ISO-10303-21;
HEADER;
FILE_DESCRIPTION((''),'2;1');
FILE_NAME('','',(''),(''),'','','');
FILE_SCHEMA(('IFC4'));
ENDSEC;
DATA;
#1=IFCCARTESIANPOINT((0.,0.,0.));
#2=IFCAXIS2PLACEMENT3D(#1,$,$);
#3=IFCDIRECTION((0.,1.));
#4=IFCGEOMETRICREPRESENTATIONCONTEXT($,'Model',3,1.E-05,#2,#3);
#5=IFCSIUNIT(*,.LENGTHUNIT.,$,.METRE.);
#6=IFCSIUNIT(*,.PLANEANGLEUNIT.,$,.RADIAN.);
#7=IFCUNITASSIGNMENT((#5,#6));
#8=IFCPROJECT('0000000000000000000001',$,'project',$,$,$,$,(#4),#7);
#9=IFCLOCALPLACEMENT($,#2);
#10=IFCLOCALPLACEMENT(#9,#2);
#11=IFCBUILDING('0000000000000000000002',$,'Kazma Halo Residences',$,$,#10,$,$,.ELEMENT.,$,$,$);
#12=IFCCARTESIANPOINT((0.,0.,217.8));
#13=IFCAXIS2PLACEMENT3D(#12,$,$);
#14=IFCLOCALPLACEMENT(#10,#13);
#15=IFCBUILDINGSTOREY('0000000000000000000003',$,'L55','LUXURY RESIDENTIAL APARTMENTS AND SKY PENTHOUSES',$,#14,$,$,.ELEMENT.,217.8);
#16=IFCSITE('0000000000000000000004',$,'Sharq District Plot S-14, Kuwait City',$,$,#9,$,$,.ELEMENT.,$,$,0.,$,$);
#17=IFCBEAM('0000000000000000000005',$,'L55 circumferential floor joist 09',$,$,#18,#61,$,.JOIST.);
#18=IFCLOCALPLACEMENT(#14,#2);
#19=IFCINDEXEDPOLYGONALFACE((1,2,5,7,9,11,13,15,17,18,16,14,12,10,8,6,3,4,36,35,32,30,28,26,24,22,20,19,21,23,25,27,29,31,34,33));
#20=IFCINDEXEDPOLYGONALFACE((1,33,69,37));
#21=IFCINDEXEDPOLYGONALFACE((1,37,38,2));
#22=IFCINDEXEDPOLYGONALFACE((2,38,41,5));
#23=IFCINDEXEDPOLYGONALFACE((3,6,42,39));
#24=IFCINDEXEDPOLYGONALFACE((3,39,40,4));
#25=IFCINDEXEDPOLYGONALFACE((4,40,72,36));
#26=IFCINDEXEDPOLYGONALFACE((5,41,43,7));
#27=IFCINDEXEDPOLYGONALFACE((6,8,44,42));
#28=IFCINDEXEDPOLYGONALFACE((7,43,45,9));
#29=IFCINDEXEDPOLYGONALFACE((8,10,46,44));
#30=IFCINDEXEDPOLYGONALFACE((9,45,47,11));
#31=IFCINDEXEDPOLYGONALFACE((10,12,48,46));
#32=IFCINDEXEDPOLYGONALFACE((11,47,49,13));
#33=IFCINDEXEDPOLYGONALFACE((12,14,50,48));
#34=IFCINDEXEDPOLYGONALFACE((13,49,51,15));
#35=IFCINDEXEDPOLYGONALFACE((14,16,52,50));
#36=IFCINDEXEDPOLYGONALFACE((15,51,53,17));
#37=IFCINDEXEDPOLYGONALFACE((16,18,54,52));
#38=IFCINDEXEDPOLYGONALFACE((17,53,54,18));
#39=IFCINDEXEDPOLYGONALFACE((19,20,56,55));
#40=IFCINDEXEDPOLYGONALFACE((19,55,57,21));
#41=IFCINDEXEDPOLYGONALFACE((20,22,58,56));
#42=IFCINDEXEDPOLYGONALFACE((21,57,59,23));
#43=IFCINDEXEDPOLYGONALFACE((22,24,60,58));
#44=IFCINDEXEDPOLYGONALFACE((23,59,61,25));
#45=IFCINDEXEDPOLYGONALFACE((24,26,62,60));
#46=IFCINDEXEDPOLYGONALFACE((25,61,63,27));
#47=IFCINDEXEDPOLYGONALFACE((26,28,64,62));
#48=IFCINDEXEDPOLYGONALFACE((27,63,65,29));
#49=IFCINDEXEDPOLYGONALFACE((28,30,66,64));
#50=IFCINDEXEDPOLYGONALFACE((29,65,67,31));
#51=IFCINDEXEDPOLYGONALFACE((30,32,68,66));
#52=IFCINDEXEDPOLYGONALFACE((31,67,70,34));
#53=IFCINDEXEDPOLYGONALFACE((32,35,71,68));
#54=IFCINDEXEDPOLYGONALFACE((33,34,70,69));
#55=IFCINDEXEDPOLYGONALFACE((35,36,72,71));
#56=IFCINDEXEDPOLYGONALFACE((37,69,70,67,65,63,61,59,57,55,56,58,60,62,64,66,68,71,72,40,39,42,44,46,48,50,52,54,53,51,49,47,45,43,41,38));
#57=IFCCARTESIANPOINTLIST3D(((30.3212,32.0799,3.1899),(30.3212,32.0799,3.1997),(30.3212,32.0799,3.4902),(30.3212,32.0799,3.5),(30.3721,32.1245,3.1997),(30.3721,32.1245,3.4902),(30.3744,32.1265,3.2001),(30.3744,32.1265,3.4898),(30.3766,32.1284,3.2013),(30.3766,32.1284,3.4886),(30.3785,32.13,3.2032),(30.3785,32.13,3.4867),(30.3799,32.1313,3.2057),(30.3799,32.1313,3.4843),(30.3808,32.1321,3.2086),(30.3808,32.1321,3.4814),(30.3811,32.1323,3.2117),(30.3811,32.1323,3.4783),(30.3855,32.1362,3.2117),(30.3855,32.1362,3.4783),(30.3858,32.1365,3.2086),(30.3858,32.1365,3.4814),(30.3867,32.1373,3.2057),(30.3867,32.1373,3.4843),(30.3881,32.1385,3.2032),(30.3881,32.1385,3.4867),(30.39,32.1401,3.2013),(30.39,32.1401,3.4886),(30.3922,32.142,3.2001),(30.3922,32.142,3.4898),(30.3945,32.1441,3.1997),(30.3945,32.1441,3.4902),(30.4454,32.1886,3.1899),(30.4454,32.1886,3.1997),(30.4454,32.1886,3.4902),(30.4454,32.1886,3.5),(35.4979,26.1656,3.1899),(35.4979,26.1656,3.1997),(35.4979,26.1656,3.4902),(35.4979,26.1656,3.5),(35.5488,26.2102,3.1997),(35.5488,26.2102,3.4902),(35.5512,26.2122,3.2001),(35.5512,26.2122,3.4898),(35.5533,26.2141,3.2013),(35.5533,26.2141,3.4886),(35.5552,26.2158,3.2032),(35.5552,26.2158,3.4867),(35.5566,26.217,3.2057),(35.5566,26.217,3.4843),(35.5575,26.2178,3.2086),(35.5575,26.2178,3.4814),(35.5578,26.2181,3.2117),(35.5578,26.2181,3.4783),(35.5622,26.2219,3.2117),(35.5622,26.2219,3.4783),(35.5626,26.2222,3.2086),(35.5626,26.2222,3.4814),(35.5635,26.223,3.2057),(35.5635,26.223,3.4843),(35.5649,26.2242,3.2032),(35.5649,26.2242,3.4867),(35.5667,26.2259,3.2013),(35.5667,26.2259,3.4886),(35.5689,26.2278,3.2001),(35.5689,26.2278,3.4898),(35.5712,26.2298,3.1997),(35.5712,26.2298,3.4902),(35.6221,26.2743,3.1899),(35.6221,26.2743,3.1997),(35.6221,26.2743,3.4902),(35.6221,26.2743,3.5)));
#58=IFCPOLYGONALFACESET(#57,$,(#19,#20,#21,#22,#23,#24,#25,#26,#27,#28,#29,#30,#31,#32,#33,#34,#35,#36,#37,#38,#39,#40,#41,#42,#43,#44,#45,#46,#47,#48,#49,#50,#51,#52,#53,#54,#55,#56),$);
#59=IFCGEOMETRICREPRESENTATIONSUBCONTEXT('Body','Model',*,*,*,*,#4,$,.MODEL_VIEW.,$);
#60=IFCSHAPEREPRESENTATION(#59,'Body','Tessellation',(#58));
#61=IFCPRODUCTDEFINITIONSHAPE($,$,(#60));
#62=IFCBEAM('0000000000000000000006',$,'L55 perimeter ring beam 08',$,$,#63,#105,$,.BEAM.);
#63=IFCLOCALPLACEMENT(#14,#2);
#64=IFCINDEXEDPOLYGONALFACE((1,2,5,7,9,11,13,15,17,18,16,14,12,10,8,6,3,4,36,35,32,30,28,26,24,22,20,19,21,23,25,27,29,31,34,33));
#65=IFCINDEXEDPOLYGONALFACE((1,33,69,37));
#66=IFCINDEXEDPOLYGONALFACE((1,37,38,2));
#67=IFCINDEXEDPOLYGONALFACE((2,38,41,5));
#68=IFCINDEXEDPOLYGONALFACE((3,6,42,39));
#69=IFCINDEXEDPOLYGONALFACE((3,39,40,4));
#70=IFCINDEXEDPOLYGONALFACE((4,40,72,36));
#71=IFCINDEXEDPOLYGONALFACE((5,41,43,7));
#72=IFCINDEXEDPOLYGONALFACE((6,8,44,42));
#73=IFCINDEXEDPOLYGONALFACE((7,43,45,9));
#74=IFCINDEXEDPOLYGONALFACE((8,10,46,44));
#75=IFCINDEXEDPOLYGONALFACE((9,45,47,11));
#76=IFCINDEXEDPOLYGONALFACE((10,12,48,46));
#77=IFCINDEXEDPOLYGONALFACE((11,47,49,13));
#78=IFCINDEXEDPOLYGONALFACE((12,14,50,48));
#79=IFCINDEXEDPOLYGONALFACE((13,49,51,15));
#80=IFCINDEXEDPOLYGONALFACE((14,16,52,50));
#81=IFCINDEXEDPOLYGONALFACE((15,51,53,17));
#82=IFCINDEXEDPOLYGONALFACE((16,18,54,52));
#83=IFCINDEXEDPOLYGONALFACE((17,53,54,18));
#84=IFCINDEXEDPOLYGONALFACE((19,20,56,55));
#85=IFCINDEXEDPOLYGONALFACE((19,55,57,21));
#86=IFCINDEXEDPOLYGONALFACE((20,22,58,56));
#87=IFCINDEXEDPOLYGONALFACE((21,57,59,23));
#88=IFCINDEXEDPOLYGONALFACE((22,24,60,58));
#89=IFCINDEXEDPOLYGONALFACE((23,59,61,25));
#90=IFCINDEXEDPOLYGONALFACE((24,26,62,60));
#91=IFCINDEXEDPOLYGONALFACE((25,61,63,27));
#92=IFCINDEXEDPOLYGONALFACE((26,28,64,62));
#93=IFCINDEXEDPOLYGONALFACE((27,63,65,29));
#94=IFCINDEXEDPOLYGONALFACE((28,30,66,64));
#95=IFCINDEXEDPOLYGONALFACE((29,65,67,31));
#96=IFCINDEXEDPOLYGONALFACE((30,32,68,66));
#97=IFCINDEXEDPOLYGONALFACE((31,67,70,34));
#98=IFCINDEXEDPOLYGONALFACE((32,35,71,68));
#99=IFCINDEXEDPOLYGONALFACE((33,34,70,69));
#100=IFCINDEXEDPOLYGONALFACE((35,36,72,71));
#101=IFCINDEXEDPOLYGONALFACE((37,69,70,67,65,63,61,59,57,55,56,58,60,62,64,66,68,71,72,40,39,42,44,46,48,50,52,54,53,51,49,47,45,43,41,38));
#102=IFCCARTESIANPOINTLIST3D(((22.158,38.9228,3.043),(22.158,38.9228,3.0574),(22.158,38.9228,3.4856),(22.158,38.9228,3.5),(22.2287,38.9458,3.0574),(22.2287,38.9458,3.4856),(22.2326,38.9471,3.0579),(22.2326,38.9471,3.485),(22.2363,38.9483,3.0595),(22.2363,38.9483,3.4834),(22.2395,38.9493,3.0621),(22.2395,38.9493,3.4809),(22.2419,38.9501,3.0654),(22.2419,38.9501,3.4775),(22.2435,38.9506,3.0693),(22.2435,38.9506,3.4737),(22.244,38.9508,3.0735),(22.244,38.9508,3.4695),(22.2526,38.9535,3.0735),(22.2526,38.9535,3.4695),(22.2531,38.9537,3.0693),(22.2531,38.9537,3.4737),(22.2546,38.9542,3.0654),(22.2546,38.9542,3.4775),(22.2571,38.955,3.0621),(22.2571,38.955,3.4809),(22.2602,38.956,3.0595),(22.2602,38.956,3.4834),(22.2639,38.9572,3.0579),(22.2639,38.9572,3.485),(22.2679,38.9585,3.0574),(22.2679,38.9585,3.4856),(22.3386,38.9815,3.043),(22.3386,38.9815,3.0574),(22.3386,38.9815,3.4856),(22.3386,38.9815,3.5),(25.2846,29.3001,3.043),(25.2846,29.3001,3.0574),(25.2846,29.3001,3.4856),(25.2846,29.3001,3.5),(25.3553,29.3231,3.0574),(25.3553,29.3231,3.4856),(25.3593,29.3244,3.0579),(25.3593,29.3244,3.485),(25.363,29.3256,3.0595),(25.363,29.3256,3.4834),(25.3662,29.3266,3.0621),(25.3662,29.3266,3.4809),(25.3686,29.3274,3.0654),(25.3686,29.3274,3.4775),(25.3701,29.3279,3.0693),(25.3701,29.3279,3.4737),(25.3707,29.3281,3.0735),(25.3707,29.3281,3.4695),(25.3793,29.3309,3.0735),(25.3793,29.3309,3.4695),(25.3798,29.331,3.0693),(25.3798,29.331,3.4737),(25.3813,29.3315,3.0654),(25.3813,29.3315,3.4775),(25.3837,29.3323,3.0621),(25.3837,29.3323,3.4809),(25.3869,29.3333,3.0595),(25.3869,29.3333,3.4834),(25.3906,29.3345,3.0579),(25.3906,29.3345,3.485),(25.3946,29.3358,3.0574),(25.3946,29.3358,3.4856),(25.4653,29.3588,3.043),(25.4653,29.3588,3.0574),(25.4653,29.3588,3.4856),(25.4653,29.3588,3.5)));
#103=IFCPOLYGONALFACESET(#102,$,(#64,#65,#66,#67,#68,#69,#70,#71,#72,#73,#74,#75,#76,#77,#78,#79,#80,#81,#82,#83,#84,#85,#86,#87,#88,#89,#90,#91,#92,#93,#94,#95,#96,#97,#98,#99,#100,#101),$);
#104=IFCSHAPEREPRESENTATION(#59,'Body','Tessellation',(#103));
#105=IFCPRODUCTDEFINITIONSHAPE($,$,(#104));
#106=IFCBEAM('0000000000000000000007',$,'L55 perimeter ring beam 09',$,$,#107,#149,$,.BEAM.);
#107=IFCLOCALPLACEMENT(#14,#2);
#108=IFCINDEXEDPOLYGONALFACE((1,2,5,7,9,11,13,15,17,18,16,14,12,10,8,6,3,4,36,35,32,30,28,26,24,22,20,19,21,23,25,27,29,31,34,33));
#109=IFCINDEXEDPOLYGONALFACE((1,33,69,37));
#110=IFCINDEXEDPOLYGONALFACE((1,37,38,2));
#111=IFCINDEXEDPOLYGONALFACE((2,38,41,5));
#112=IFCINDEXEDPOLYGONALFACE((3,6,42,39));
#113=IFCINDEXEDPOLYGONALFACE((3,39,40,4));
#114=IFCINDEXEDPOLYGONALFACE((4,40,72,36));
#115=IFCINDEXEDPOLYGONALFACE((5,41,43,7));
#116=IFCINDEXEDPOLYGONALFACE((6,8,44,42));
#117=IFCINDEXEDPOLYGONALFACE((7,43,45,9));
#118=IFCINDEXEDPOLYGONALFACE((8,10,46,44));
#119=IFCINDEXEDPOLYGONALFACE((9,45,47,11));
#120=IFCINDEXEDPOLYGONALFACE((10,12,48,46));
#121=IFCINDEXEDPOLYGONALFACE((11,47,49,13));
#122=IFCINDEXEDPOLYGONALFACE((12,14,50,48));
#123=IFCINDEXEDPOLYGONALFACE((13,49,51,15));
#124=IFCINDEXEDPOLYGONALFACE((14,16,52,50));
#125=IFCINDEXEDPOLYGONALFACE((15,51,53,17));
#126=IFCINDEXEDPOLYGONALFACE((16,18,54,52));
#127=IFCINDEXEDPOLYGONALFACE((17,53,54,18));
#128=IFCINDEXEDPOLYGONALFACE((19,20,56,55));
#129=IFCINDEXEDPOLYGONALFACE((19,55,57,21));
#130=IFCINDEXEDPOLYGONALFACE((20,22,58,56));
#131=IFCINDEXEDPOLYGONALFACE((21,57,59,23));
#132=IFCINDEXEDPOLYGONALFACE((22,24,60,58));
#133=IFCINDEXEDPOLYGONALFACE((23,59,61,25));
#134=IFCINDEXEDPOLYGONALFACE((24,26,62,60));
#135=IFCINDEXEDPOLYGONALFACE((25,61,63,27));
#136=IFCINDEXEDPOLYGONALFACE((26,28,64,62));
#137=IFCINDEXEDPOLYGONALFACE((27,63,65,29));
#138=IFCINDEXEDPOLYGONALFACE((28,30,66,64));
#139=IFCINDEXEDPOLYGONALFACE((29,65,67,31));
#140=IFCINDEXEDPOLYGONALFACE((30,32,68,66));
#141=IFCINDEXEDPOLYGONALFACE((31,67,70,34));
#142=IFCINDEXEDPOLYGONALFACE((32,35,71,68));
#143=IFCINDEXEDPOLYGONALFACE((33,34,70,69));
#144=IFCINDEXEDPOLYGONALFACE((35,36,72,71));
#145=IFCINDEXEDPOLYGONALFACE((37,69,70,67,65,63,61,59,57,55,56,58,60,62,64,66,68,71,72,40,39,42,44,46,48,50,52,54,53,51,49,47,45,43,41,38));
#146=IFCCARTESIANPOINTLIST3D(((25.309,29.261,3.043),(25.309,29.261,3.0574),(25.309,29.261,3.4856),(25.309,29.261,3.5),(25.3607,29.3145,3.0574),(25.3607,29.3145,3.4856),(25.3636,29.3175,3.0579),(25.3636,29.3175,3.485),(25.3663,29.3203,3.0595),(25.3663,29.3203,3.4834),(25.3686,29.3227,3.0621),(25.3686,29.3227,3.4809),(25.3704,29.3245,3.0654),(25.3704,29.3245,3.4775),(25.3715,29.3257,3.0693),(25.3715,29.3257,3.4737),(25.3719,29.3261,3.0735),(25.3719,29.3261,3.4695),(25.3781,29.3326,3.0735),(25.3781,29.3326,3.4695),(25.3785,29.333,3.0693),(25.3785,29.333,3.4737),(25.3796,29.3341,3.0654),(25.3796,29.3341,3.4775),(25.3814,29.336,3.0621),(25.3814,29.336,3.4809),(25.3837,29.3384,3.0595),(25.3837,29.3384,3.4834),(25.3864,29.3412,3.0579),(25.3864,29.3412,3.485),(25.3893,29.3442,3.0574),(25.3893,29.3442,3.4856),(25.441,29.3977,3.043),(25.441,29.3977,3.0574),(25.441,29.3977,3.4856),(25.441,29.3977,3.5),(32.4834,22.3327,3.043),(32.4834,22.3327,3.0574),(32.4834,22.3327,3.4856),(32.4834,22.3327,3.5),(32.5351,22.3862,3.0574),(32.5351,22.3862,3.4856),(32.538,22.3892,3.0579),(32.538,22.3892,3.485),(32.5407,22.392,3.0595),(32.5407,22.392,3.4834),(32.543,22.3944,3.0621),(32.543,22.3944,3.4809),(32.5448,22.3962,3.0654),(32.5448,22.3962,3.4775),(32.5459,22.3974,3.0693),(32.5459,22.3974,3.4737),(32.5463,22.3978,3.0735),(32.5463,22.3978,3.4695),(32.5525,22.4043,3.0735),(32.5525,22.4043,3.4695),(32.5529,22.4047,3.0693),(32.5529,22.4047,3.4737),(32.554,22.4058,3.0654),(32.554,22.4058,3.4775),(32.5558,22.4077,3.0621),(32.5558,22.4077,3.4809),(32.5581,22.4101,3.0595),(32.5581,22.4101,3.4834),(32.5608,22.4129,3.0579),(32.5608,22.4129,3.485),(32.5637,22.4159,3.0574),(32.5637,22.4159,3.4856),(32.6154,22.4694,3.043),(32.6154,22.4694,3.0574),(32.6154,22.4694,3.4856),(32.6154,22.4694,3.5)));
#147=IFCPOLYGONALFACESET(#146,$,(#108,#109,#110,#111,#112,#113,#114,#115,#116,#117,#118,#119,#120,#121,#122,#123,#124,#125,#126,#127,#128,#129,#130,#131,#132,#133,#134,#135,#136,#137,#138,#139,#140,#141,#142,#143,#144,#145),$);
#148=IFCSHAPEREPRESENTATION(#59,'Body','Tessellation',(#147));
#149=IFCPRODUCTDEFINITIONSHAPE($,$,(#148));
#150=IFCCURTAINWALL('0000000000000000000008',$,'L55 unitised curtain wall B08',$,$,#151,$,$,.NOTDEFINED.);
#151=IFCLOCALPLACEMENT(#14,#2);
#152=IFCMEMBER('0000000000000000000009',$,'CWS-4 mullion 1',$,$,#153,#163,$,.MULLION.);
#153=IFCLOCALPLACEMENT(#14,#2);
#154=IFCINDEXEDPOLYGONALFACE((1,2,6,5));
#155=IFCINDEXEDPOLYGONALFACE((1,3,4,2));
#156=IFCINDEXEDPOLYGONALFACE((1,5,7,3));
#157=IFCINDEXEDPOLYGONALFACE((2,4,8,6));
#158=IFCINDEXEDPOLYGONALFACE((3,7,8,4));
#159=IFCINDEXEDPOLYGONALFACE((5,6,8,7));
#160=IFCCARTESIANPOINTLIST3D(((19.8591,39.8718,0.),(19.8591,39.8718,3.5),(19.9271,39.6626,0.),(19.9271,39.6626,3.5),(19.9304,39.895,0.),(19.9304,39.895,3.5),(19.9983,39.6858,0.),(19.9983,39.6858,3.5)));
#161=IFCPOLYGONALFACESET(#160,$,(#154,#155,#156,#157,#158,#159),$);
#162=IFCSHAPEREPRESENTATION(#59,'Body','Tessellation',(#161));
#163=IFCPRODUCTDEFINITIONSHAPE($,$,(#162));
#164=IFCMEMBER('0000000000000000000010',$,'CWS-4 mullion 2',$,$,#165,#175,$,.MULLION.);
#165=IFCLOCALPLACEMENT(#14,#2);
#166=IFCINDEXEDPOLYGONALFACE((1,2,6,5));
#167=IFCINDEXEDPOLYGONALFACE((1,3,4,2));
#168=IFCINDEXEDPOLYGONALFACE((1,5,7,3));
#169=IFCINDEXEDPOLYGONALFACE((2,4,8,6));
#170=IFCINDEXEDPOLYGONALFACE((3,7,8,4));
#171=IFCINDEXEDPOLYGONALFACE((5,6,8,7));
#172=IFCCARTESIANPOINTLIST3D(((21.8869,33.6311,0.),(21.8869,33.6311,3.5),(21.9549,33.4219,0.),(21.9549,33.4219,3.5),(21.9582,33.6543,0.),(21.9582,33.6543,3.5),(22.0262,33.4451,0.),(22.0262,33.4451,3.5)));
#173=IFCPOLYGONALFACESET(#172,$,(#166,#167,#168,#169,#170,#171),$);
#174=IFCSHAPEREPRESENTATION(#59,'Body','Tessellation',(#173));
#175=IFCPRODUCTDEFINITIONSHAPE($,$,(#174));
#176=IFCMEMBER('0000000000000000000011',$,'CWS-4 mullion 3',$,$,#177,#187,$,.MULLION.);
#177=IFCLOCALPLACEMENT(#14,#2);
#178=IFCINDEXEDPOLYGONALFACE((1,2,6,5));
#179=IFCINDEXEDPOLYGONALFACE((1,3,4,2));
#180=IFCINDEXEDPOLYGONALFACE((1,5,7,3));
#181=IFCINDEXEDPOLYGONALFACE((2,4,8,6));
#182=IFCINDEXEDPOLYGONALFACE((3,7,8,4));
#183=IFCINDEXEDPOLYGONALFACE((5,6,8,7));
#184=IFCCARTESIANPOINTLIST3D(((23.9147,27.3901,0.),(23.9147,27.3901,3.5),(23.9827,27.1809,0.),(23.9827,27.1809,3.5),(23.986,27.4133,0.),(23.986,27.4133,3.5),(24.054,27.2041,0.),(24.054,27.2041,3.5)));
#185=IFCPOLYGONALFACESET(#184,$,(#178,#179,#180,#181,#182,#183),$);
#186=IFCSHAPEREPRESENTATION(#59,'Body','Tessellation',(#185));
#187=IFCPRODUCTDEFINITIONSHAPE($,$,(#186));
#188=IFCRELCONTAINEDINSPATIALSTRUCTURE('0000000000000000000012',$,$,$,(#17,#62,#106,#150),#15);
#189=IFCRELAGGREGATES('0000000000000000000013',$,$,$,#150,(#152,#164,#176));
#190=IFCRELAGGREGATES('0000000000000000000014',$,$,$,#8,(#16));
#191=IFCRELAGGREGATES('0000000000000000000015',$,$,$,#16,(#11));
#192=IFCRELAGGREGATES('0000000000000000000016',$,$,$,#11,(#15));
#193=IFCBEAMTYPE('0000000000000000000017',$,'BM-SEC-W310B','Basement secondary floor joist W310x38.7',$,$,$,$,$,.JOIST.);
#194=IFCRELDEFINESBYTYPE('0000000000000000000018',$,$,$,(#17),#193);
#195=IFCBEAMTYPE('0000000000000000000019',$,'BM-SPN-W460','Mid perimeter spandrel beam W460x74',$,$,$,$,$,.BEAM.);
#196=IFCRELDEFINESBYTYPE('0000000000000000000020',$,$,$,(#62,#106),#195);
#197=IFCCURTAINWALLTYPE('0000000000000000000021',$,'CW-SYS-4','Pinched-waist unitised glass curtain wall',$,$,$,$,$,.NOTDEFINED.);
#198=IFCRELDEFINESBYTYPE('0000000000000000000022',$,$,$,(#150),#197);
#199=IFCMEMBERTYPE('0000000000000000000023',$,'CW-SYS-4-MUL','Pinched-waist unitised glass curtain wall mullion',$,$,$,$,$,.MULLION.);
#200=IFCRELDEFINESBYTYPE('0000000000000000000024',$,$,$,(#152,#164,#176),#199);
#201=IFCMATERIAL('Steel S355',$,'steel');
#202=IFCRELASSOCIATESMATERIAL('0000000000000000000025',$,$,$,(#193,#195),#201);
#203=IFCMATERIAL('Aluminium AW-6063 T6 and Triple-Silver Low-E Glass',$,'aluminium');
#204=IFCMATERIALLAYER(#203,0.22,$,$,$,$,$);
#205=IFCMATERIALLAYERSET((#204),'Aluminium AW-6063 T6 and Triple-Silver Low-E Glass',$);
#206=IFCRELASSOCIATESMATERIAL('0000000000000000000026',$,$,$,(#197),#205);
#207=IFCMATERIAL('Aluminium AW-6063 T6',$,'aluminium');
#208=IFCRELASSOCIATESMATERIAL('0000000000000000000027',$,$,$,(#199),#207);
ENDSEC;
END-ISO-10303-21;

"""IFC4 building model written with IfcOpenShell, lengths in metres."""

from ifc_helpers import new_model, si_unit, direction, frame, origin, origin_2d, place, context, subcontext, project, spatial, rectangle, i_section, extrude, material, layer, layer_set, material_profile, profile_set, type_object, element, aggregate, save


model = new_model("IFC4")

# Units and contexts
model_context = context("Model", 3, precision=1e-05, world=origin(), true_north=direction((0.0, 1.0)))
body_context = subcontext(model_context, "Body", "Model", "MODEL_VIEW")
ifc_project = project(units=[si_unit("LENGTHUNIT", "METRE"), si_unit("PLANEANGLEUNIT", "RADIAN")], contexts=[model_context])

# Site, building, storey
site_placement = place(None, origin())
site = spatial("IfcSite", under=ifc_project, at=site_placement, Name="Sharq District Plot S-14, Kuwait City", CompositionType="ELEMENT", RefElevation=0.0)
building_placement = place(site_placement, origin())
building = spatial("IfcBuilding", under=site, at=building_placement, Name="Kazma Halo Residences", CompositionType="ELEMENT")
storey_placement = place(building_placement, frame((0.0, 0.0, 217.8)))
storey = spatial("IfcBuildingStorey", under=building, at=storey_placement, Name="L55", Description="LUXURY RESIDENTIAL APARTMENTS AND SKY PENTHOUSES", CompositionType="ELEMENT", Elevation=217.8)

# Beams
ifc_material_1 = material(Name="Steel S355", Category="steel")
ifc_material_profile_1 = material_profile(ifc_material_1, i_section(OverallWidth=0.165, OverallDepth=0.3101, WebThickness=0.0059, FlangeThickness=0.0098, FilletRadius=0.012, at=origin_2d()), Name="W310x38.7")
ifc_profile_set_1 = profile_set([ifc_material_profile_1], Name="Steel S355")
beam_type_1 = type_object("IfcBeamType", Name="BM-SEC-W310B", Description="Basement secondary floor joist W310x38.7", PredefinedType="JOIST", material=ifc_profile_set_1)
beam_1_placement = place(storey_placement, frame((30.3833, 32.1343, 3.345), z_axis=(0.65863, -0.752467, 0.0), x_axis=(0.752467, 0.65863, 0.0)))
element("IfcBeam", 1, at=beam_1_placement, inside=storey, type_object=beam_type_1, Name="L55 circumferential floor joist 09", PredefinedType="JOIST", context=body_context, shape_type="SweptSolid", body=[
    extrude(i_section(OverallWidth=0.165, OverallDepth=0.3101, WebThickness=0.0059, FlangeThickness=0.0098, FilletRadius=0.012, at=origin_2d()), origin(), (0.0, 0.0, 1.0), 7.8599),
])
ifc_material_profile_2 = material_profile(ifc_material_1, i_section(OverallWidth=0.1899, OverallDepth=0.457, WebThickness=0.009, FlangeThickness=0.0144, FilletRadius=0.0161, at=origin_2d()), Name="W460x74")
ifc_profile_set_2 = profile_set([ifc_material_profile_2], Name="Steel S355")
beam_type_2 = type_object("IfcBeamType", Name="BM-SPN-W460", Description="Mid perimeter spandrel beam W460x74", PredefinedType="BEAM", material=ifc_profile_set_2)
beam_2_placement = place(storey_placement, frame((22.2483, 38.9521, 3.2715), z_axis=(0.309023, -0.951054, 0.0), x_axis=(0.951054, 0.309023, 0.0)))
element("IfcBeam", 2, at=beam_2_placement, inside=storey, type_object=beam_type_2, Name="L55 perimeter ring beam 08", PredefinedType="BEAM", context=body_context, shape_type="SweptSolid", body=[
    extrude(i_section(OverallWidth=0.1899, OverallDepth=0.457, WebThickness=0.009, FlangeThickness=0.0144, FilletRadius=0.0161, at=origin_2d()), origin(), (0.0, 0.0, 1.0), 10.1179),
])
beam_3_placement = place(storey_placement, frame((25.375, 29.3293, 3.2715), z_axis=(0.719337, -0.694662, 0.0), x_axis=(0.694662, 0.719337, 0.0)))
element("IfcBeam", 3, at=beam_3_placement, inside=storey, type_object=beam_type_2, Name="L55 perimeter ring beam 09", PredefinedType="BEAM", context=body_context, shape_type="SweptSolid", body=[
    extrude(i_section(OverallWidth=0.1899, OverallDepth=0.457, WebThickness=0.009, FlangeThickness=0.0144, FilletRadius=0.0161, at=origin_2d()), origin(), (0.0, 0.0, 1.0), 9.9736),
])

# Curtain wall, members
ifc_material_2 = material(Name="Aluminium AW-6063 T6 and Triple-Silver Low-E Glass", Category="aluminium")
ifc_layer_1 = layer(ifc_material_2, 0.22)
ifc_layer_set_1 = layer_set([ifc_layer_1], Name="Aluminium AW-6063 T6 and Triple-Silver Low-E Glass")
curtain_wall_type = type_object("IfcCurtainWallType", Name="CW-SYS-4", Description="Pinched-waist unitised glass curtain wall", PredefinedType="NOTDEFINED", material=ifc_layer_set_1)
curtain_wall_placement = place(storey_placement, origin())
curtain_wall = element("IfcCurtainWall", 4, at=curtain_wall_placement, inside=storey, type_object=curtain_wall_type, Name="L55 unitised curtain wall B08", PredefinedType="NOTDEFINED")
ifc_material_3 = material(Name="Aluminium AW-6063 T6", Category="aluminium")
ifc_material_profile_3 = material_profile(ifc_material_3, rectangle(XDim=0.075, YDim=0.22, at=origin_2d()), Name="CWM-75x220")
ifc_profile_set_3 = profile_set([ifc_material_profile_3], Name="Aluminium AW-6063 T6")
member_type_1 = type_object("IfcMemberType", Name="CW-SYS-4-MUL", Description="Pinched-waist unitised glass curtain wall mullion", PredefinedType="MULLION", material=ifc_profile_set_3)
member_1_placement = place(storey_placement, frame((19.9287, 39.7788, 0.0), z_axis=(0.0, 0.0, 1.0), x_axis=(0.951057, 0.309016, 0.0)))
member_1 = element("IfcMember", 5, at=member_1_placement, type_object=member_type_1, Name="CWS-4 mullion 1", PredefinedType="MULLION", context=body_context, shape_type="SweptSolid", body=[
    extrude(rectangle(XDim=0.075, YDim=0.22, at=origin_2d()), origin(), (0.0, 0.0, 1.0), 3.5),
])
member_2_placement = place(storey_placement, frame((21.9565, 33.5381, 0.0), z_axis=(0.0, 0.0, 1.0), x_axis=(0.951057, 0.309016, 0.0)))
member_2 = element("IfcMember", 6, at=member_2_placement, type_object=member_type_1, Name="CWS-4 mullion 2", PredefinedType="MULLION", context=body_context, shape_type="SweptSolid", body=[
    extrude(rectangle(XDim=0.075, YDim=0.22, at=origin_2d()), origin(), (0.0, 0.0, 1.0), 3.5),
])
member_3_placement = place(storey_placement, frame((23.9844, 27.2971, 0.0), z_axis=(0.0, 0.0, 1.0), x_axis=(0.951057, 0.309016, 0.0)))
member_3 = element("IfcMember", 7, at=member_3_placement, type_object=member_type_1, Name="CWS-4 mullion 3", PredefinedType="MULLION", context=body_context, shape_type="SweptSolid", body=[
    extrude(rectangle(XDim=0.075, YDim=0.22, at=origin_2d()), origin(), (0.0, 0.0, 1.0), 3.5),
])
aggregate(curtain_wall, [member_1, member_2, member_3])

save(model, "model.ifc")
